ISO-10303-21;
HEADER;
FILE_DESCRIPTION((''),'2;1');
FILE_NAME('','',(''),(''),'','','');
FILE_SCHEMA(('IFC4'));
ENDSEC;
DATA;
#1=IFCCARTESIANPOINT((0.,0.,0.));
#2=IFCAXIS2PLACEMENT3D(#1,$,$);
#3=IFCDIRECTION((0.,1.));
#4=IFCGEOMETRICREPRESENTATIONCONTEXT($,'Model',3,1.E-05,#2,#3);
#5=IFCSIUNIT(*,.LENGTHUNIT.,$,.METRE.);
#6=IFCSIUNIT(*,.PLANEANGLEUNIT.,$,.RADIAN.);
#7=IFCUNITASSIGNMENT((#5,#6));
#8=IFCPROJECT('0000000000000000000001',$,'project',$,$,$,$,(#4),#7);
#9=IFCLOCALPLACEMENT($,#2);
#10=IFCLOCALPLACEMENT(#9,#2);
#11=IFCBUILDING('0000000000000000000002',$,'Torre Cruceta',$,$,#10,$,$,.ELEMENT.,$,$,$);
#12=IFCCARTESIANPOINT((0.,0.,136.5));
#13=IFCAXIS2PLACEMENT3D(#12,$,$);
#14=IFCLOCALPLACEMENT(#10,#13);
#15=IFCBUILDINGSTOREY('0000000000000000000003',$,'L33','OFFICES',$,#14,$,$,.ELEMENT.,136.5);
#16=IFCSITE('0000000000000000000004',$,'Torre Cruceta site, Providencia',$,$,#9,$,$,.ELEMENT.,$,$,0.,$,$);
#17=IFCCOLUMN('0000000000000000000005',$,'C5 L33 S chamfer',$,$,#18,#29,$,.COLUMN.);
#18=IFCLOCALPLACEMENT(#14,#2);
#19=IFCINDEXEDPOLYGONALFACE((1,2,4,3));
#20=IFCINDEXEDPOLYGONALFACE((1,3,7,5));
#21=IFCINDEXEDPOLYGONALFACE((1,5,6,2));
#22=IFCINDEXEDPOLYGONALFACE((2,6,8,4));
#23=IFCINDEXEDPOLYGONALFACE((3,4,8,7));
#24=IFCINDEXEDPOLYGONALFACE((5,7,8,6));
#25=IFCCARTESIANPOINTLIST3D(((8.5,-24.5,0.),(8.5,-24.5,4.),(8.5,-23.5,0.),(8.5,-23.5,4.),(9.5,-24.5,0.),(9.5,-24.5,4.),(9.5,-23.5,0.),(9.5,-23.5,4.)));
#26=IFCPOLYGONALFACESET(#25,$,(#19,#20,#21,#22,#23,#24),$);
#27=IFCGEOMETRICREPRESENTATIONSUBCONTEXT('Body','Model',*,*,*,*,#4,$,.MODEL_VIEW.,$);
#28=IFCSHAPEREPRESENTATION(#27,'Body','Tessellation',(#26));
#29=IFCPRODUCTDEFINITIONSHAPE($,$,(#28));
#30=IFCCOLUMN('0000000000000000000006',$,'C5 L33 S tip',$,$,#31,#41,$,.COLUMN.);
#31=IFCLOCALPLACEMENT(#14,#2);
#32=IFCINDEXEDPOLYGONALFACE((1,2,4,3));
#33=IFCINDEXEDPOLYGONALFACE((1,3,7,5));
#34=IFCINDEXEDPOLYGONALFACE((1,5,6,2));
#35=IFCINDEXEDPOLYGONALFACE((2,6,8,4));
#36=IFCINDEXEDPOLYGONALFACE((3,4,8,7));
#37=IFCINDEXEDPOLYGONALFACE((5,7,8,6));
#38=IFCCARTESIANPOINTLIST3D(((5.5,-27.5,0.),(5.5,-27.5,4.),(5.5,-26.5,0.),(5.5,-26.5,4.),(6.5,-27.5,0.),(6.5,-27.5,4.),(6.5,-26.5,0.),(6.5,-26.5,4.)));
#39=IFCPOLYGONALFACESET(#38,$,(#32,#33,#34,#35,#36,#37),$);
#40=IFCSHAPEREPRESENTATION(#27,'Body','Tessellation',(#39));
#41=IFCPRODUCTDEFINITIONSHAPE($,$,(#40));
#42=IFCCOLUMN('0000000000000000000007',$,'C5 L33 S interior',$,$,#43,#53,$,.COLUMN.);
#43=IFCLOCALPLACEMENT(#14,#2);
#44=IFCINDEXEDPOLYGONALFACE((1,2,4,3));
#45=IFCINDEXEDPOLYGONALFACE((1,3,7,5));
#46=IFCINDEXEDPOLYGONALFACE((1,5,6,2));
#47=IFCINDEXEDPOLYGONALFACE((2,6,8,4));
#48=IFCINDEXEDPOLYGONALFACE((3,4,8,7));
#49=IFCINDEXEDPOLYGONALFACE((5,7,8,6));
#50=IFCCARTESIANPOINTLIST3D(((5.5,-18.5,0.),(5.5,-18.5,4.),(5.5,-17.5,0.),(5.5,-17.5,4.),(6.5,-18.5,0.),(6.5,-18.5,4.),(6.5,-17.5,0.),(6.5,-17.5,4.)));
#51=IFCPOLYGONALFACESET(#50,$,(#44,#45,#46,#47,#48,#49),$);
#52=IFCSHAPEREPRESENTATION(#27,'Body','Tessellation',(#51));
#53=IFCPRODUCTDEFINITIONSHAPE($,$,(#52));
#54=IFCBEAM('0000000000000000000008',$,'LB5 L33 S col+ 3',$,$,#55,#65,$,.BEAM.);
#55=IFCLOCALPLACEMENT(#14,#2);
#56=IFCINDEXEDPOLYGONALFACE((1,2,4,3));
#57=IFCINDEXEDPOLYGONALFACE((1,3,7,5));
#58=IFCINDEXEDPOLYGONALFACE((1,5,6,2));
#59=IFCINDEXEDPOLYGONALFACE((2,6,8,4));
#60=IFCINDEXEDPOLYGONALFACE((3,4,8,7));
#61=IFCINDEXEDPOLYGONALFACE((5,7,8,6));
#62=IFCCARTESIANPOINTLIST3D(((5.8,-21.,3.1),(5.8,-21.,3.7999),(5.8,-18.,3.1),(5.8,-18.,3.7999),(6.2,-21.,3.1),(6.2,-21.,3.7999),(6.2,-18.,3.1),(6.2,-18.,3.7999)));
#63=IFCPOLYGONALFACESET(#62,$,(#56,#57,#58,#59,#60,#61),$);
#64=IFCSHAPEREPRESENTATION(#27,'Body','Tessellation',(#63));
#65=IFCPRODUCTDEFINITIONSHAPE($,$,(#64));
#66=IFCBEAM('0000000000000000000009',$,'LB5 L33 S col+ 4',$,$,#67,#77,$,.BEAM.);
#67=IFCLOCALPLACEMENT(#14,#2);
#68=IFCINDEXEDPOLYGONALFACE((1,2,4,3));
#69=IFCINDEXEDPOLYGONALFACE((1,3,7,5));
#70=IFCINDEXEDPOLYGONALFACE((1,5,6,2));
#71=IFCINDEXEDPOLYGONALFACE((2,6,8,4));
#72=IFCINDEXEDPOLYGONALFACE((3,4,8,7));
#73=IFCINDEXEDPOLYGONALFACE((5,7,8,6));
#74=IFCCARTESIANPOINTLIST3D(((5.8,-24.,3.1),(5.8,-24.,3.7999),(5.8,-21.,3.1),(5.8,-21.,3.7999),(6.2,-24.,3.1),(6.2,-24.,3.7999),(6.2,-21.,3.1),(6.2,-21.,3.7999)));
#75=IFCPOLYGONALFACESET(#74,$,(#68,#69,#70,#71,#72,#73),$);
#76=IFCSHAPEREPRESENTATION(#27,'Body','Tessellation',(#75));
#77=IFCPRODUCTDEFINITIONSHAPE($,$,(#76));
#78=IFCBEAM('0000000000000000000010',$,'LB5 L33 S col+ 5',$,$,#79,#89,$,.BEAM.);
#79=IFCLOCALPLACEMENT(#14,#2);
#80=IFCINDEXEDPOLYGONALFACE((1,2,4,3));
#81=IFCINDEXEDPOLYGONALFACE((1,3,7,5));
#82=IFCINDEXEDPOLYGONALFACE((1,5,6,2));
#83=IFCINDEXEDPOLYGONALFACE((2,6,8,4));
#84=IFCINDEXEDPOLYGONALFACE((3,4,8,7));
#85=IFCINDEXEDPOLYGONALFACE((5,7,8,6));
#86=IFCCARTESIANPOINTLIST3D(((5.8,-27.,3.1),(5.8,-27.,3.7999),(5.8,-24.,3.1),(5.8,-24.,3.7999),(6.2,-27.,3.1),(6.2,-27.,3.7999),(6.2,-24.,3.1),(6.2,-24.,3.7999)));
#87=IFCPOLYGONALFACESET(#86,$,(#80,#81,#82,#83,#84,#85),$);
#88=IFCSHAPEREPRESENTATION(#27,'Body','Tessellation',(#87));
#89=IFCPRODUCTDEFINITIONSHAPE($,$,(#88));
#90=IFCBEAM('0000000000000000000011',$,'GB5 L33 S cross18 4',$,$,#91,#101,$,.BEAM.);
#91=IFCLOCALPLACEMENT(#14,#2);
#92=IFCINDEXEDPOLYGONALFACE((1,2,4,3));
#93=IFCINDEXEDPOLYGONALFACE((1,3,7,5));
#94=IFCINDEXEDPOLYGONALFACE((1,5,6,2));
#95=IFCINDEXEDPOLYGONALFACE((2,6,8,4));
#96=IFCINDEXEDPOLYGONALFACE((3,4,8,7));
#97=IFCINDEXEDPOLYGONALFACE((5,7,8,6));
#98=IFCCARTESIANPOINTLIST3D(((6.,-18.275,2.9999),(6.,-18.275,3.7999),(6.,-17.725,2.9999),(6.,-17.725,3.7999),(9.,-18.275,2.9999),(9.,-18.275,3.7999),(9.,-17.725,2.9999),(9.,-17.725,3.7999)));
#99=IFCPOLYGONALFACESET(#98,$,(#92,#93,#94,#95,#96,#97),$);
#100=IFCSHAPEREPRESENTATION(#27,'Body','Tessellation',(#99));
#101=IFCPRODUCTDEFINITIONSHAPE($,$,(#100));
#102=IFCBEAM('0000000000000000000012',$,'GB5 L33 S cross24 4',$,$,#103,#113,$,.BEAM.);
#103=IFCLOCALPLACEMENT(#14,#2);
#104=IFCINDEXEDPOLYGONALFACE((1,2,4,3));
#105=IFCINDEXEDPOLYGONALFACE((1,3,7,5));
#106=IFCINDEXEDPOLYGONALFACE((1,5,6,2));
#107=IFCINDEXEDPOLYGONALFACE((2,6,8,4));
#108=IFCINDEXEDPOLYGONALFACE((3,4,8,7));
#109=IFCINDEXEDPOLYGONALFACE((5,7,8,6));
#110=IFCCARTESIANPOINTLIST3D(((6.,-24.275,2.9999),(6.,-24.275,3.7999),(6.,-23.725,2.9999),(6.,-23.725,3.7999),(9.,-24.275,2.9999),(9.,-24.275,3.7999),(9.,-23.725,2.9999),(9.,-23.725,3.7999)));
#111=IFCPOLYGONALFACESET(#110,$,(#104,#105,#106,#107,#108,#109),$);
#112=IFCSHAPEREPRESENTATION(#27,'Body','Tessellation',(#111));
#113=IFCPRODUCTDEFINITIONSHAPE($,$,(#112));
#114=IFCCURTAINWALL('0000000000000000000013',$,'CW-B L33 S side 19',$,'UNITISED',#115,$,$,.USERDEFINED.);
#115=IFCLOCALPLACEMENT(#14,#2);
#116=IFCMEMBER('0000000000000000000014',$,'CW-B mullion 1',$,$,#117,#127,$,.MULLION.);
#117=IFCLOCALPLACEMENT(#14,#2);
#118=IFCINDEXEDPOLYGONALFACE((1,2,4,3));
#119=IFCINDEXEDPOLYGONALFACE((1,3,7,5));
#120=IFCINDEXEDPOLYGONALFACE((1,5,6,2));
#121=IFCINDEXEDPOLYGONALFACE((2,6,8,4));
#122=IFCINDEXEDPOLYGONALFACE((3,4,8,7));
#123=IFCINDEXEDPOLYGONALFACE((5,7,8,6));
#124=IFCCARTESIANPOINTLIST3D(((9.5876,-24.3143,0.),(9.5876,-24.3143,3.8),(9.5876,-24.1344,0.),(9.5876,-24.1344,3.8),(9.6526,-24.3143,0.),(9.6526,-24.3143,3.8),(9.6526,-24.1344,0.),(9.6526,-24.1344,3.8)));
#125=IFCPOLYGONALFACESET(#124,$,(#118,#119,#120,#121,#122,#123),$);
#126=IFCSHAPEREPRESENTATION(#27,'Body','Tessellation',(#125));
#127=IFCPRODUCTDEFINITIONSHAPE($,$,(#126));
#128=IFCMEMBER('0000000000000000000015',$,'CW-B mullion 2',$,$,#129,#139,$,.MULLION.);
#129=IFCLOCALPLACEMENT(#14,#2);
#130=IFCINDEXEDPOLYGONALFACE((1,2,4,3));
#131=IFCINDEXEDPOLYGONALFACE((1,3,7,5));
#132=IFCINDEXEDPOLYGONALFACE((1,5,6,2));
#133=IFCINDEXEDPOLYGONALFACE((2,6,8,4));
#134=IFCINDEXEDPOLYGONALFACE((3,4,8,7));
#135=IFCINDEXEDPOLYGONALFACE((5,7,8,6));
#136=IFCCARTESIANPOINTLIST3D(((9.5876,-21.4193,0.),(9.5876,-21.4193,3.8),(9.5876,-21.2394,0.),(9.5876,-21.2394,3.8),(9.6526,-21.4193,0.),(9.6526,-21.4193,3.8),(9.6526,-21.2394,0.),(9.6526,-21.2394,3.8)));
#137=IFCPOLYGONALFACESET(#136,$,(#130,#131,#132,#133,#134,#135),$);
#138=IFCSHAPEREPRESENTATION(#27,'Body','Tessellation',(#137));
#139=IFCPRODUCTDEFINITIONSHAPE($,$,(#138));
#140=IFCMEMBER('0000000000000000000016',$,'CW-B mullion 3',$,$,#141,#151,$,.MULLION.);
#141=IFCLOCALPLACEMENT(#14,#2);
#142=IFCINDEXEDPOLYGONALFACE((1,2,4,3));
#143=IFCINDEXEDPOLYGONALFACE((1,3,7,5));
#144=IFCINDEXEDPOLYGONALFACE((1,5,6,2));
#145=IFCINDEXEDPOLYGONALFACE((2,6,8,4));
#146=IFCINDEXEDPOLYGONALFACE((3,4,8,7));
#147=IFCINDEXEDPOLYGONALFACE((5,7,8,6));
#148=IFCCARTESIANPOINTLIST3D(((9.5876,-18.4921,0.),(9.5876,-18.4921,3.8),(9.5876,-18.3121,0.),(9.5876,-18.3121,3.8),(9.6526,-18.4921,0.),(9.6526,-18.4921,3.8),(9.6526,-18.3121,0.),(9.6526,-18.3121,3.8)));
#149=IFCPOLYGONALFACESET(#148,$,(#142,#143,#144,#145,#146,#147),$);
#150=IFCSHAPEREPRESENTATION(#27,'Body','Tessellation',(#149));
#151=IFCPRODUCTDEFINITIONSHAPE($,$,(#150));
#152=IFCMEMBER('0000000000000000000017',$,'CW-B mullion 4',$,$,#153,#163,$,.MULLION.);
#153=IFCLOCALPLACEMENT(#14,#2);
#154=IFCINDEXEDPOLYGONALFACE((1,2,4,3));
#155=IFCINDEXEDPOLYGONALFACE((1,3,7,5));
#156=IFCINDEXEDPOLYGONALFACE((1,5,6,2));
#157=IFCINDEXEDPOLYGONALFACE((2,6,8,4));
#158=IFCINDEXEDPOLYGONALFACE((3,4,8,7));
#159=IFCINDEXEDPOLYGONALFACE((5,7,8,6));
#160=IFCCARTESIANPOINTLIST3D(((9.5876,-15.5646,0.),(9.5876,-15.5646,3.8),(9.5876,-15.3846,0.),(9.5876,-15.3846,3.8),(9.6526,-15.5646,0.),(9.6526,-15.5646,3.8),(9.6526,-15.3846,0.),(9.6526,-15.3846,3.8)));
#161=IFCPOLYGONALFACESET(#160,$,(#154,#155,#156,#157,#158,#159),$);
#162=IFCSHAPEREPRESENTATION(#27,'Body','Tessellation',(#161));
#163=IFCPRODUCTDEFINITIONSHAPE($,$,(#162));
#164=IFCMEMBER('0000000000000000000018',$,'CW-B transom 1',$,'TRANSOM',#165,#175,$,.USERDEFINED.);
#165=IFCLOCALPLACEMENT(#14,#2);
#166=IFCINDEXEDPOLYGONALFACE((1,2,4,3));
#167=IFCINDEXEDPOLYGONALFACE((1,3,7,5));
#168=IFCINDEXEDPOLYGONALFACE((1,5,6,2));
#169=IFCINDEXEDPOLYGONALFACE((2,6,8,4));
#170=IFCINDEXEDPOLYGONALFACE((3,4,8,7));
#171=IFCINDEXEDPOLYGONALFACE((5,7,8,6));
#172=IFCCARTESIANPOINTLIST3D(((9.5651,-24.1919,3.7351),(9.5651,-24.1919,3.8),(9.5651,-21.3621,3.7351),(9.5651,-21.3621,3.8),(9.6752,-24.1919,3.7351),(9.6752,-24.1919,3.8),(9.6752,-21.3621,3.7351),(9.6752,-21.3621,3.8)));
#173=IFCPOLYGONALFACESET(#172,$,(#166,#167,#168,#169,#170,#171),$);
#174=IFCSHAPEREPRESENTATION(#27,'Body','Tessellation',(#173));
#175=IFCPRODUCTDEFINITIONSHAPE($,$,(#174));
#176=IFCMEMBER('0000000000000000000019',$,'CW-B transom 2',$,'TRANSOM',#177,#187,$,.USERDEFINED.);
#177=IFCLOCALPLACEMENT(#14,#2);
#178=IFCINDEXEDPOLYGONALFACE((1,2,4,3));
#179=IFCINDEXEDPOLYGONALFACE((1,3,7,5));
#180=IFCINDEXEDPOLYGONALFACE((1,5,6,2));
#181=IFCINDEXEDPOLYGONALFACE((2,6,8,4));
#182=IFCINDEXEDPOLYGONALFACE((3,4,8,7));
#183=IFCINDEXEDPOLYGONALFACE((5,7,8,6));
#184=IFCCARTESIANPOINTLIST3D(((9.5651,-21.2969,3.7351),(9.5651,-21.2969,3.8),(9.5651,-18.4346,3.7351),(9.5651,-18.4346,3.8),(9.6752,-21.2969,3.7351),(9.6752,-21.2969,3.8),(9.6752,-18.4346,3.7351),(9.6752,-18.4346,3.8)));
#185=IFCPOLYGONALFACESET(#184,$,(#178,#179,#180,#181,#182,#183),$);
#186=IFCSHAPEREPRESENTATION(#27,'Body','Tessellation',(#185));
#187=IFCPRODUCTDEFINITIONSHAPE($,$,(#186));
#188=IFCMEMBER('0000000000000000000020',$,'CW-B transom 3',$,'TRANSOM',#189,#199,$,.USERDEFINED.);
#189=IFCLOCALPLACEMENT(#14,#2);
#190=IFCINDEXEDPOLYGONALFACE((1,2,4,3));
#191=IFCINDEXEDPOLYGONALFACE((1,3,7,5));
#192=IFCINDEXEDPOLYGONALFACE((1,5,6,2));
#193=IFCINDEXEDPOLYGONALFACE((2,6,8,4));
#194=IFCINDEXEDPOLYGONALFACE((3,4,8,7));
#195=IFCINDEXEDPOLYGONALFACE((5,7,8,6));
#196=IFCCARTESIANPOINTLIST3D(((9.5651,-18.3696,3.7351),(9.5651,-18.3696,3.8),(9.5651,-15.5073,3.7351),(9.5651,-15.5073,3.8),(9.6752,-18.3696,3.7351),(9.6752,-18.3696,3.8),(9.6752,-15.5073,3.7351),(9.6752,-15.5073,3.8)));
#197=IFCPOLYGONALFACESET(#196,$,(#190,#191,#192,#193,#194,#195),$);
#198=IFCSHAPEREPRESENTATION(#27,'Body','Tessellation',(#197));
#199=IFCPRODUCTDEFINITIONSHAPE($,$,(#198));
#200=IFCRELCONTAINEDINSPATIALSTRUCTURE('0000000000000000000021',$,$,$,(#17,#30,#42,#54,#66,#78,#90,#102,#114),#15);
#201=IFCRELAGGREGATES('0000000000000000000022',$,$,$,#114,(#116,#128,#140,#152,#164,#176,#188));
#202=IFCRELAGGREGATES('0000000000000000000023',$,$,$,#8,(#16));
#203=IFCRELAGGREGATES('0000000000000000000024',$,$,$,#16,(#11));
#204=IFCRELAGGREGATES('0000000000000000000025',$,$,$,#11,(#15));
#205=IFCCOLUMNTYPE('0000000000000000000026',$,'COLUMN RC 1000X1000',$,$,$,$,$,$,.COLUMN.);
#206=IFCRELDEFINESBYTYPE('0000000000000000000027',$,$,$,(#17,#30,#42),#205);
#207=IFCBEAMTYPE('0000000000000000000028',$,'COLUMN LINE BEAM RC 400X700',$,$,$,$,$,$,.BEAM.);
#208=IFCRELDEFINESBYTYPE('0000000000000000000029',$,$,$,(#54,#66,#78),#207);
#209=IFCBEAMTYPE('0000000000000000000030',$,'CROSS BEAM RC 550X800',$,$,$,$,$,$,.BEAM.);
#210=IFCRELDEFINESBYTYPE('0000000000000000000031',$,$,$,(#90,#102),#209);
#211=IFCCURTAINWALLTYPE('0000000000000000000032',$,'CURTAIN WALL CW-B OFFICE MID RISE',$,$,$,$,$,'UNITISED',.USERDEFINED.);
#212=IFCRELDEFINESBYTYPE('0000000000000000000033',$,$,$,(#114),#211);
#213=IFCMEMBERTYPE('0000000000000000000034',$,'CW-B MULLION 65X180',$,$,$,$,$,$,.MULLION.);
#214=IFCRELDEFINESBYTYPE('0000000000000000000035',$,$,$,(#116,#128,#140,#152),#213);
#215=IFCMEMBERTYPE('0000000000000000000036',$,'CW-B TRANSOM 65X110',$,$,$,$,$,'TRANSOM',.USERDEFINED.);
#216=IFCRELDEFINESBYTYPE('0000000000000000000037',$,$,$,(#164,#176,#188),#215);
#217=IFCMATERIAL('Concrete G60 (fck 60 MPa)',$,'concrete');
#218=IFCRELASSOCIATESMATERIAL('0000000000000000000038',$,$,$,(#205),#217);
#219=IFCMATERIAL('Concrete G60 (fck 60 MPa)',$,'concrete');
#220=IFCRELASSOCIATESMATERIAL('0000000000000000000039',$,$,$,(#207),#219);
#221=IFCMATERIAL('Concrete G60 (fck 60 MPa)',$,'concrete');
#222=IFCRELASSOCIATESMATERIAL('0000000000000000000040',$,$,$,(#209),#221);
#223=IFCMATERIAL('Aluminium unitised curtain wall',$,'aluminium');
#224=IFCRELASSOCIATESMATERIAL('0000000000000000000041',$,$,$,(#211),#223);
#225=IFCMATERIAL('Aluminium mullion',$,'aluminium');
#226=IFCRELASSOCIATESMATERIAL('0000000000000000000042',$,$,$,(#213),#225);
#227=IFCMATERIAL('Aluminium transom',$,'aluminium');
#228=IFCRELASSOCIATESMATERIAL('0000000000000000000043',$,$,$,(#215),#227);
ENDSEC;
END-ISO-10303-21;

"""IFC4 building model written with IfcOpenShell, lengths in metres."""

from ifc_helpers import new_model, si_unit, direction, frame, origin, origin_2d, place, context, subcontext, project, spatial, rectangle, extrude, material, material_profile, profile_set, type_object, element, aggregate, save


model = new_model("IFC4")

# Units and contexts
model_context = context("Model", 3, precision=1e-05, world=origin(), true_north=direction((0.0, 1.0)))
body_context = subcontext(model_context, "Body", "Model", "MODEL_VIEW")
ifc_project = project(units=[si_unit("LENGTHUNIT", "METRE"), si_unit("PLANEANGLEUNIT", "RADIAN")], contexts=[model_context])

# Site, building, storey
site_placement = place(None, origin())
site = spatial("IfcSite", under=ifc_project, at=site_placement, Name="Torre Cruceta site, Providencia", CompositionType="ELEMENT", RefElevation=0.0)
building_placement = place(site_placement, origin())
building = spatial("IfcBuilding", under=site, at=building_placement, Name="Torre Cruceta", CompositionType="ELEMENT")
storey_placement = place(building_placement, frame((0.0, 0.0, 136.5)))
storey = spatial("IfcBuildingStorey", under=building, at=storey_placement, Name="L33", Description="OFFICES", CompositionType="ELEMENT", Elevation=136.5)

# Columns
ifc_material_1 = material(Name="Concrete G60 (fck 60 MPa)", Category="concrete")
ifc_material_profile_1 = material_profile(ifc_material_1, rectangle(XDim=1.0, YDim=1.0, at=origin_2d()), Name="RC 1000X1000")
ifc_profile_set_1 = profile_set([ifc_material_profile_1], Name="Concrete G60 (fck 60 MPa)")
column_type = type_object("IfcColumnType", Name="COLUMN RC 1000X1000", PredefinedType="COLUMN", material=ifc_profile_set_1)
for number, where, z_axis, x_axis, name in (
    (1, (9.0, -24.0, 0.0), (0.0, 0.0, 1.0), (1.0, 0.0, 0.0), "C5 L33 S chamfer"),
    (2, (6.0, -27.0, 0.0), (0.0, 0.0, 1.0), (1.0, 0.0, 0.0), "C5 L33 S tip"),
    (3, (6.0, -18.0, 0.0), (0.0, 0.0, 1.0), (1.0, 0.0, 0.0), "C5 L33 S interior"),
):
    element("IfcColumn", number, at=place(storey_placement, frame(where, z_axis=z_axis, x_axis=x_axis)), inside=storey, type_object=column_type, Name=name, PredefinedType="COLUMN", context=body_context, shape_type="SweptSolid", body=[
        extrude(rectangle(XDim=1.0, YDim=1.0, at=origin_2d()), origin(), (0.0, 0.0, 1.0), 4.0),
    ])

# Beams
ifc_material_2 = material(Name="Concrete G60 (fck 60 MPa)", Category="concrete")
ifc_material_profile_2 = material_profile(ifc_material_2, rectangle(XDim=0.3999, YDim=0.7, at=origin_2d()), Name="RC 400X700")
ifc_profile_set_2 = profile_set([ifc_material_profile_2], Name="Concrete G60 (fck 60 MPa)")
beam_type_1 = type_object("IfcBeamType", Name="COLUMN LINE BEAM RC 400X700", PredefinedType="BEAM", material=ifc_profile_set_2)
for number, where, z_axis, x_axis, name in (
    (4, (6.0, -18.0, 3.45), (0.0, -1.0, 0.0), (1.0, 0.0, 0.0), "LB5 L33 S col+ 3"),
    (5, (6.0, -21.0, 3.45), (0.0, -1.0, 0.0), (1.0, 0.0, 0.0), "LB5 L33 S col+ 4"),
    (6, (6.0, -24.0, 3.45), (0.0, -1.0, 0.0), (1.0, 0.0, 0.0), "LB5 L33 S col+ 5"),
):
    element("IfcBeam", number, at=place(storey_placement, frame(where, z_axis=z_axis, x_axis=x_axis)), inside=storey, type_object=beam_type_1, Name=name, PredefinedType="BEAM", context=body_context, shape_type="SweptSolid", body=[
        extrude(rectangle(XDim=0.3999, YDim=0.7, at=origin_2d()), origin(), (0.0, 0.0, 1.0), 3.0),
    ])
ifc_material_3 = material(Name="Concrete G60 (fck 60 MPa)", Category="concrete")
ifc_material_profile_3 = material_profile(ifc_material_3, rectangle(XDim=0.55, YDim=0.8, at=origin_2d()), Name="RC 550X800")
ifc_profile_set_3 = profile_set([ifc_material_profile_3], Name="Concrete G60 (fck 60 MPa)")
beam_type_2 = type_object("IfcBeamType", Name="CROSS BEAM RC 550X800", PredefinedType="BEAM", material=ifc_profile_set_3)
for number, where, z_axis, x_axis, name in (
    (7, (6.0, -18.0, 3.3999), (1.0, 0.0, 0.0), (0.0, 1.0, 0.0), "GB5 L33 S cross18 4"),
    (8, (6.0, -24.0, 3.3999), (1.0, 0.0, 0.0), (0.0, 1.0, 0.0), "GB5 L33 S cross24 4"),
):
    element("IfcBeam", number, at=place(storey_placement, frame(where, z_axis=z_axis, x_axis=x_axis)), inside=storey, type_object=beam_type_2, Name=name, PredefinedType="BEAM", context=body_context, shape_type="SweptSolid", body=[
        extrude(rectangle(XDim=0.55, YDim=0.8, at=origin_2d()), origin(), (0.0, 0.0, 1.0), 3.0),
    ])

# Curtain wall, members
ifc_material_4 = material(Name="Aluminium unitised curtain wall", Category="aluminium")
curtain_wall_type = type_object("IfcCurtainWallType", Name="CURTAIN WALL CW-B OFFICE MID RISE", ElementType="UNITISED", PredefinedType="USERDEFINED", material=ifc_material_4)
curtain_wall_placement = place(storey_placement, origin())
curtain_wall = element("IfcCurtainWall", 9, at=curtain_wall_placement, inside=storey, type_object=curtain_wall_type, Name="CW-B L33 S side 19", ObjectType="UNITISED", PredefinedType="USERDEFINED")
ifc_material_5 = material(Name="Aluminium mullion", Category="aluminium")
ifc_material_profile_4 = material_profile(ifc_material_5, rectangle(XDim=0.0649, YDim=0.1799, at=origin_2d()), Name="AL 65X180")
ifc_profile_set_4 = profile_set([ifc_material_profile_4], Name="Aluminium mullion")
member_type_1 = type_object("IfcMemberType", Name="CW-B MULLION 65X180", PredefinedType="MULLION", material=ifc_profile_set_4)
member_1_placement = place(storey_placement, frame((9.6201, -24.2244, 0.0), z_axis=(0.0, 0.0, 1.0), x_axis=(-1.0, 0.0, 0.0)))
member_1 = element("IfcMember", 10, at=member_1_placement, type_object=member_type_1, Name="CW-B mullion 1", PredefinedType="MULLION", context=body_context, shape_type="SweptSolid", body=[
    extrude(rectangle(XDim=0.0649, YDim=0.1799, at=origin_2d()), origin(), (0.0, 0.0, 1.0), 3.8),
])
member_2_placement = place(storey_placement, frame((9.6201, -21.3293, 0.0), z_axis=(0.0, 0.0, 1.0), x_axis=(-1.0, 0.0, 0.0)))
member_2 = element("IfcMember", 11, at=member_2_placement, type_object=member_type_1, Name="CW-B mullion 2", PredefinedType="MULLION", context=body_context, shape_type="SweptSolid", body=[
    extrude(rectangle(XDim=0.0649, YDim=0.1799, at=origin_2d()), origin(), (0.0, 0.0, 1.0), 3.8),
])
member_3_placement = place(storey_placement, frame((9.6201, -18.4021, 0.0), z_axis=(0.0, 0.0, 1.0), x_axis=(-1.0, 0.0, 0.0)))
member_3 = element("IfcMember", 12, at=member_3_placement, type_object=member_type_1, Name="CW-B mullion 3", PredefinedType="MULLION", context=body_context, shape_type="SweptSolid", body=[
    extrude(rectangle(XDim=0.0649, YDim=0.1799, at=origin_2d()), origin(), (0.0, 0.0, 1.0), 3.8),
])
member_4_placement = place(storey_placement, frame((9.6201, -15.4746, 0.0), z_axis=(0.0, 0.0, 1.0), x_axis=(-1.0, 0.0, 0.0)))
member_4 = element("IfcMember", 13, at=member_4_placement, type_object=member_type_1, Name="CW-B mullion 4", PredefinedType="MULLION", context=body_context, shape_type="SweptSolid", body=[
    extrude(rectangle(XDim=0.0649, YDim=0.1799, at=origin_2d()), origin(), (0.0, 0.0, 1.0), 3.8),
])
ifc_material_6 = material(Name="Aluminium transom", Category="aluminium")
ifc_material_profile_5 = material_profile(ifc_material_6, rectangle(XDim=0.1101, YDim=0.0649, at=origin_2d()), Name="AL 110X65")
ifc_profile_set_5 = profile_set([ifc_material_profile_5], Name="Aluminium transom")
member_type_2 = type_object("IfcMemberType", Name="CW-B TRANSOM 65X110", ElementType="TRANSOM", PredefinedType="USERDEFINED", material=ifc_profile_set_5)
member_5_placement = place(storey_placement, frame((9.6201, -24.1919, 3.7676), z_axis=(0.0, 1.0, 0.0), x_axis=(-1.0, 0.0, 0.0)))
member_5 = element("IfcMember", 14, at=member_5_placement, type_object=member_type_2, Name="CW-B transom 1", ObjectType="TRANSOM", PredefinedType="USERDEFINED", context=body_context, shape_type="SweptSolid", body=[
    extrude(rectangle(XDim=0.1101, YDim=0.0649, at=origin_2d()), origin(), (0.0, 0.0, 1.0), 2.8298),
])
member_6_placement = place(storey_placement, frame((9.6201, -21.2969, 3.7676), z_axis=(0.0, 1.0, 0.0), x_axis=(-1.0, 0.0, 0.0)))
member_6 = element("IfcMember", 15, at=member_6_placement, type_object=member_type_2, Name="CW-B transom 2", ObjectType="TRANSOM", PredefinedType="USERDEFINED", context=body_context, shape_type="SweptSolid", body=[
    extrude(rectangle(XDim=0.1101, YDim=0.0649, at=origin_2d()), origin(), (0.0, 0.0, 1.0), 2.8623),
])
member_7_placement = place(storey_placement, frame((9.6201, -18.3696, 3.7676), z_axis=(0.0, 1.0, 0.0), x_axis=(-1.0, 0.0, 0.0)))
member_7 = element("IfcMember", 16, at=member_7_placement, type_object=member_type_2, Name="CW-B transom 3", ObjectType="TRANSOM", PredefinedType="USERDEFINED", context=body_context, shape_type="SweptSolid", body=[
    extrude(rectangle(XDim=0.1101, YDim=0.0649, at=origin_2d()), origin(), (0.0, 0.0, 1.0), 2.8623),
])

aggregate(curtain_wall, [member_1, member_2, member_3, member_4, member_5, member_6, member_7])

save(model, "model.ifc")
